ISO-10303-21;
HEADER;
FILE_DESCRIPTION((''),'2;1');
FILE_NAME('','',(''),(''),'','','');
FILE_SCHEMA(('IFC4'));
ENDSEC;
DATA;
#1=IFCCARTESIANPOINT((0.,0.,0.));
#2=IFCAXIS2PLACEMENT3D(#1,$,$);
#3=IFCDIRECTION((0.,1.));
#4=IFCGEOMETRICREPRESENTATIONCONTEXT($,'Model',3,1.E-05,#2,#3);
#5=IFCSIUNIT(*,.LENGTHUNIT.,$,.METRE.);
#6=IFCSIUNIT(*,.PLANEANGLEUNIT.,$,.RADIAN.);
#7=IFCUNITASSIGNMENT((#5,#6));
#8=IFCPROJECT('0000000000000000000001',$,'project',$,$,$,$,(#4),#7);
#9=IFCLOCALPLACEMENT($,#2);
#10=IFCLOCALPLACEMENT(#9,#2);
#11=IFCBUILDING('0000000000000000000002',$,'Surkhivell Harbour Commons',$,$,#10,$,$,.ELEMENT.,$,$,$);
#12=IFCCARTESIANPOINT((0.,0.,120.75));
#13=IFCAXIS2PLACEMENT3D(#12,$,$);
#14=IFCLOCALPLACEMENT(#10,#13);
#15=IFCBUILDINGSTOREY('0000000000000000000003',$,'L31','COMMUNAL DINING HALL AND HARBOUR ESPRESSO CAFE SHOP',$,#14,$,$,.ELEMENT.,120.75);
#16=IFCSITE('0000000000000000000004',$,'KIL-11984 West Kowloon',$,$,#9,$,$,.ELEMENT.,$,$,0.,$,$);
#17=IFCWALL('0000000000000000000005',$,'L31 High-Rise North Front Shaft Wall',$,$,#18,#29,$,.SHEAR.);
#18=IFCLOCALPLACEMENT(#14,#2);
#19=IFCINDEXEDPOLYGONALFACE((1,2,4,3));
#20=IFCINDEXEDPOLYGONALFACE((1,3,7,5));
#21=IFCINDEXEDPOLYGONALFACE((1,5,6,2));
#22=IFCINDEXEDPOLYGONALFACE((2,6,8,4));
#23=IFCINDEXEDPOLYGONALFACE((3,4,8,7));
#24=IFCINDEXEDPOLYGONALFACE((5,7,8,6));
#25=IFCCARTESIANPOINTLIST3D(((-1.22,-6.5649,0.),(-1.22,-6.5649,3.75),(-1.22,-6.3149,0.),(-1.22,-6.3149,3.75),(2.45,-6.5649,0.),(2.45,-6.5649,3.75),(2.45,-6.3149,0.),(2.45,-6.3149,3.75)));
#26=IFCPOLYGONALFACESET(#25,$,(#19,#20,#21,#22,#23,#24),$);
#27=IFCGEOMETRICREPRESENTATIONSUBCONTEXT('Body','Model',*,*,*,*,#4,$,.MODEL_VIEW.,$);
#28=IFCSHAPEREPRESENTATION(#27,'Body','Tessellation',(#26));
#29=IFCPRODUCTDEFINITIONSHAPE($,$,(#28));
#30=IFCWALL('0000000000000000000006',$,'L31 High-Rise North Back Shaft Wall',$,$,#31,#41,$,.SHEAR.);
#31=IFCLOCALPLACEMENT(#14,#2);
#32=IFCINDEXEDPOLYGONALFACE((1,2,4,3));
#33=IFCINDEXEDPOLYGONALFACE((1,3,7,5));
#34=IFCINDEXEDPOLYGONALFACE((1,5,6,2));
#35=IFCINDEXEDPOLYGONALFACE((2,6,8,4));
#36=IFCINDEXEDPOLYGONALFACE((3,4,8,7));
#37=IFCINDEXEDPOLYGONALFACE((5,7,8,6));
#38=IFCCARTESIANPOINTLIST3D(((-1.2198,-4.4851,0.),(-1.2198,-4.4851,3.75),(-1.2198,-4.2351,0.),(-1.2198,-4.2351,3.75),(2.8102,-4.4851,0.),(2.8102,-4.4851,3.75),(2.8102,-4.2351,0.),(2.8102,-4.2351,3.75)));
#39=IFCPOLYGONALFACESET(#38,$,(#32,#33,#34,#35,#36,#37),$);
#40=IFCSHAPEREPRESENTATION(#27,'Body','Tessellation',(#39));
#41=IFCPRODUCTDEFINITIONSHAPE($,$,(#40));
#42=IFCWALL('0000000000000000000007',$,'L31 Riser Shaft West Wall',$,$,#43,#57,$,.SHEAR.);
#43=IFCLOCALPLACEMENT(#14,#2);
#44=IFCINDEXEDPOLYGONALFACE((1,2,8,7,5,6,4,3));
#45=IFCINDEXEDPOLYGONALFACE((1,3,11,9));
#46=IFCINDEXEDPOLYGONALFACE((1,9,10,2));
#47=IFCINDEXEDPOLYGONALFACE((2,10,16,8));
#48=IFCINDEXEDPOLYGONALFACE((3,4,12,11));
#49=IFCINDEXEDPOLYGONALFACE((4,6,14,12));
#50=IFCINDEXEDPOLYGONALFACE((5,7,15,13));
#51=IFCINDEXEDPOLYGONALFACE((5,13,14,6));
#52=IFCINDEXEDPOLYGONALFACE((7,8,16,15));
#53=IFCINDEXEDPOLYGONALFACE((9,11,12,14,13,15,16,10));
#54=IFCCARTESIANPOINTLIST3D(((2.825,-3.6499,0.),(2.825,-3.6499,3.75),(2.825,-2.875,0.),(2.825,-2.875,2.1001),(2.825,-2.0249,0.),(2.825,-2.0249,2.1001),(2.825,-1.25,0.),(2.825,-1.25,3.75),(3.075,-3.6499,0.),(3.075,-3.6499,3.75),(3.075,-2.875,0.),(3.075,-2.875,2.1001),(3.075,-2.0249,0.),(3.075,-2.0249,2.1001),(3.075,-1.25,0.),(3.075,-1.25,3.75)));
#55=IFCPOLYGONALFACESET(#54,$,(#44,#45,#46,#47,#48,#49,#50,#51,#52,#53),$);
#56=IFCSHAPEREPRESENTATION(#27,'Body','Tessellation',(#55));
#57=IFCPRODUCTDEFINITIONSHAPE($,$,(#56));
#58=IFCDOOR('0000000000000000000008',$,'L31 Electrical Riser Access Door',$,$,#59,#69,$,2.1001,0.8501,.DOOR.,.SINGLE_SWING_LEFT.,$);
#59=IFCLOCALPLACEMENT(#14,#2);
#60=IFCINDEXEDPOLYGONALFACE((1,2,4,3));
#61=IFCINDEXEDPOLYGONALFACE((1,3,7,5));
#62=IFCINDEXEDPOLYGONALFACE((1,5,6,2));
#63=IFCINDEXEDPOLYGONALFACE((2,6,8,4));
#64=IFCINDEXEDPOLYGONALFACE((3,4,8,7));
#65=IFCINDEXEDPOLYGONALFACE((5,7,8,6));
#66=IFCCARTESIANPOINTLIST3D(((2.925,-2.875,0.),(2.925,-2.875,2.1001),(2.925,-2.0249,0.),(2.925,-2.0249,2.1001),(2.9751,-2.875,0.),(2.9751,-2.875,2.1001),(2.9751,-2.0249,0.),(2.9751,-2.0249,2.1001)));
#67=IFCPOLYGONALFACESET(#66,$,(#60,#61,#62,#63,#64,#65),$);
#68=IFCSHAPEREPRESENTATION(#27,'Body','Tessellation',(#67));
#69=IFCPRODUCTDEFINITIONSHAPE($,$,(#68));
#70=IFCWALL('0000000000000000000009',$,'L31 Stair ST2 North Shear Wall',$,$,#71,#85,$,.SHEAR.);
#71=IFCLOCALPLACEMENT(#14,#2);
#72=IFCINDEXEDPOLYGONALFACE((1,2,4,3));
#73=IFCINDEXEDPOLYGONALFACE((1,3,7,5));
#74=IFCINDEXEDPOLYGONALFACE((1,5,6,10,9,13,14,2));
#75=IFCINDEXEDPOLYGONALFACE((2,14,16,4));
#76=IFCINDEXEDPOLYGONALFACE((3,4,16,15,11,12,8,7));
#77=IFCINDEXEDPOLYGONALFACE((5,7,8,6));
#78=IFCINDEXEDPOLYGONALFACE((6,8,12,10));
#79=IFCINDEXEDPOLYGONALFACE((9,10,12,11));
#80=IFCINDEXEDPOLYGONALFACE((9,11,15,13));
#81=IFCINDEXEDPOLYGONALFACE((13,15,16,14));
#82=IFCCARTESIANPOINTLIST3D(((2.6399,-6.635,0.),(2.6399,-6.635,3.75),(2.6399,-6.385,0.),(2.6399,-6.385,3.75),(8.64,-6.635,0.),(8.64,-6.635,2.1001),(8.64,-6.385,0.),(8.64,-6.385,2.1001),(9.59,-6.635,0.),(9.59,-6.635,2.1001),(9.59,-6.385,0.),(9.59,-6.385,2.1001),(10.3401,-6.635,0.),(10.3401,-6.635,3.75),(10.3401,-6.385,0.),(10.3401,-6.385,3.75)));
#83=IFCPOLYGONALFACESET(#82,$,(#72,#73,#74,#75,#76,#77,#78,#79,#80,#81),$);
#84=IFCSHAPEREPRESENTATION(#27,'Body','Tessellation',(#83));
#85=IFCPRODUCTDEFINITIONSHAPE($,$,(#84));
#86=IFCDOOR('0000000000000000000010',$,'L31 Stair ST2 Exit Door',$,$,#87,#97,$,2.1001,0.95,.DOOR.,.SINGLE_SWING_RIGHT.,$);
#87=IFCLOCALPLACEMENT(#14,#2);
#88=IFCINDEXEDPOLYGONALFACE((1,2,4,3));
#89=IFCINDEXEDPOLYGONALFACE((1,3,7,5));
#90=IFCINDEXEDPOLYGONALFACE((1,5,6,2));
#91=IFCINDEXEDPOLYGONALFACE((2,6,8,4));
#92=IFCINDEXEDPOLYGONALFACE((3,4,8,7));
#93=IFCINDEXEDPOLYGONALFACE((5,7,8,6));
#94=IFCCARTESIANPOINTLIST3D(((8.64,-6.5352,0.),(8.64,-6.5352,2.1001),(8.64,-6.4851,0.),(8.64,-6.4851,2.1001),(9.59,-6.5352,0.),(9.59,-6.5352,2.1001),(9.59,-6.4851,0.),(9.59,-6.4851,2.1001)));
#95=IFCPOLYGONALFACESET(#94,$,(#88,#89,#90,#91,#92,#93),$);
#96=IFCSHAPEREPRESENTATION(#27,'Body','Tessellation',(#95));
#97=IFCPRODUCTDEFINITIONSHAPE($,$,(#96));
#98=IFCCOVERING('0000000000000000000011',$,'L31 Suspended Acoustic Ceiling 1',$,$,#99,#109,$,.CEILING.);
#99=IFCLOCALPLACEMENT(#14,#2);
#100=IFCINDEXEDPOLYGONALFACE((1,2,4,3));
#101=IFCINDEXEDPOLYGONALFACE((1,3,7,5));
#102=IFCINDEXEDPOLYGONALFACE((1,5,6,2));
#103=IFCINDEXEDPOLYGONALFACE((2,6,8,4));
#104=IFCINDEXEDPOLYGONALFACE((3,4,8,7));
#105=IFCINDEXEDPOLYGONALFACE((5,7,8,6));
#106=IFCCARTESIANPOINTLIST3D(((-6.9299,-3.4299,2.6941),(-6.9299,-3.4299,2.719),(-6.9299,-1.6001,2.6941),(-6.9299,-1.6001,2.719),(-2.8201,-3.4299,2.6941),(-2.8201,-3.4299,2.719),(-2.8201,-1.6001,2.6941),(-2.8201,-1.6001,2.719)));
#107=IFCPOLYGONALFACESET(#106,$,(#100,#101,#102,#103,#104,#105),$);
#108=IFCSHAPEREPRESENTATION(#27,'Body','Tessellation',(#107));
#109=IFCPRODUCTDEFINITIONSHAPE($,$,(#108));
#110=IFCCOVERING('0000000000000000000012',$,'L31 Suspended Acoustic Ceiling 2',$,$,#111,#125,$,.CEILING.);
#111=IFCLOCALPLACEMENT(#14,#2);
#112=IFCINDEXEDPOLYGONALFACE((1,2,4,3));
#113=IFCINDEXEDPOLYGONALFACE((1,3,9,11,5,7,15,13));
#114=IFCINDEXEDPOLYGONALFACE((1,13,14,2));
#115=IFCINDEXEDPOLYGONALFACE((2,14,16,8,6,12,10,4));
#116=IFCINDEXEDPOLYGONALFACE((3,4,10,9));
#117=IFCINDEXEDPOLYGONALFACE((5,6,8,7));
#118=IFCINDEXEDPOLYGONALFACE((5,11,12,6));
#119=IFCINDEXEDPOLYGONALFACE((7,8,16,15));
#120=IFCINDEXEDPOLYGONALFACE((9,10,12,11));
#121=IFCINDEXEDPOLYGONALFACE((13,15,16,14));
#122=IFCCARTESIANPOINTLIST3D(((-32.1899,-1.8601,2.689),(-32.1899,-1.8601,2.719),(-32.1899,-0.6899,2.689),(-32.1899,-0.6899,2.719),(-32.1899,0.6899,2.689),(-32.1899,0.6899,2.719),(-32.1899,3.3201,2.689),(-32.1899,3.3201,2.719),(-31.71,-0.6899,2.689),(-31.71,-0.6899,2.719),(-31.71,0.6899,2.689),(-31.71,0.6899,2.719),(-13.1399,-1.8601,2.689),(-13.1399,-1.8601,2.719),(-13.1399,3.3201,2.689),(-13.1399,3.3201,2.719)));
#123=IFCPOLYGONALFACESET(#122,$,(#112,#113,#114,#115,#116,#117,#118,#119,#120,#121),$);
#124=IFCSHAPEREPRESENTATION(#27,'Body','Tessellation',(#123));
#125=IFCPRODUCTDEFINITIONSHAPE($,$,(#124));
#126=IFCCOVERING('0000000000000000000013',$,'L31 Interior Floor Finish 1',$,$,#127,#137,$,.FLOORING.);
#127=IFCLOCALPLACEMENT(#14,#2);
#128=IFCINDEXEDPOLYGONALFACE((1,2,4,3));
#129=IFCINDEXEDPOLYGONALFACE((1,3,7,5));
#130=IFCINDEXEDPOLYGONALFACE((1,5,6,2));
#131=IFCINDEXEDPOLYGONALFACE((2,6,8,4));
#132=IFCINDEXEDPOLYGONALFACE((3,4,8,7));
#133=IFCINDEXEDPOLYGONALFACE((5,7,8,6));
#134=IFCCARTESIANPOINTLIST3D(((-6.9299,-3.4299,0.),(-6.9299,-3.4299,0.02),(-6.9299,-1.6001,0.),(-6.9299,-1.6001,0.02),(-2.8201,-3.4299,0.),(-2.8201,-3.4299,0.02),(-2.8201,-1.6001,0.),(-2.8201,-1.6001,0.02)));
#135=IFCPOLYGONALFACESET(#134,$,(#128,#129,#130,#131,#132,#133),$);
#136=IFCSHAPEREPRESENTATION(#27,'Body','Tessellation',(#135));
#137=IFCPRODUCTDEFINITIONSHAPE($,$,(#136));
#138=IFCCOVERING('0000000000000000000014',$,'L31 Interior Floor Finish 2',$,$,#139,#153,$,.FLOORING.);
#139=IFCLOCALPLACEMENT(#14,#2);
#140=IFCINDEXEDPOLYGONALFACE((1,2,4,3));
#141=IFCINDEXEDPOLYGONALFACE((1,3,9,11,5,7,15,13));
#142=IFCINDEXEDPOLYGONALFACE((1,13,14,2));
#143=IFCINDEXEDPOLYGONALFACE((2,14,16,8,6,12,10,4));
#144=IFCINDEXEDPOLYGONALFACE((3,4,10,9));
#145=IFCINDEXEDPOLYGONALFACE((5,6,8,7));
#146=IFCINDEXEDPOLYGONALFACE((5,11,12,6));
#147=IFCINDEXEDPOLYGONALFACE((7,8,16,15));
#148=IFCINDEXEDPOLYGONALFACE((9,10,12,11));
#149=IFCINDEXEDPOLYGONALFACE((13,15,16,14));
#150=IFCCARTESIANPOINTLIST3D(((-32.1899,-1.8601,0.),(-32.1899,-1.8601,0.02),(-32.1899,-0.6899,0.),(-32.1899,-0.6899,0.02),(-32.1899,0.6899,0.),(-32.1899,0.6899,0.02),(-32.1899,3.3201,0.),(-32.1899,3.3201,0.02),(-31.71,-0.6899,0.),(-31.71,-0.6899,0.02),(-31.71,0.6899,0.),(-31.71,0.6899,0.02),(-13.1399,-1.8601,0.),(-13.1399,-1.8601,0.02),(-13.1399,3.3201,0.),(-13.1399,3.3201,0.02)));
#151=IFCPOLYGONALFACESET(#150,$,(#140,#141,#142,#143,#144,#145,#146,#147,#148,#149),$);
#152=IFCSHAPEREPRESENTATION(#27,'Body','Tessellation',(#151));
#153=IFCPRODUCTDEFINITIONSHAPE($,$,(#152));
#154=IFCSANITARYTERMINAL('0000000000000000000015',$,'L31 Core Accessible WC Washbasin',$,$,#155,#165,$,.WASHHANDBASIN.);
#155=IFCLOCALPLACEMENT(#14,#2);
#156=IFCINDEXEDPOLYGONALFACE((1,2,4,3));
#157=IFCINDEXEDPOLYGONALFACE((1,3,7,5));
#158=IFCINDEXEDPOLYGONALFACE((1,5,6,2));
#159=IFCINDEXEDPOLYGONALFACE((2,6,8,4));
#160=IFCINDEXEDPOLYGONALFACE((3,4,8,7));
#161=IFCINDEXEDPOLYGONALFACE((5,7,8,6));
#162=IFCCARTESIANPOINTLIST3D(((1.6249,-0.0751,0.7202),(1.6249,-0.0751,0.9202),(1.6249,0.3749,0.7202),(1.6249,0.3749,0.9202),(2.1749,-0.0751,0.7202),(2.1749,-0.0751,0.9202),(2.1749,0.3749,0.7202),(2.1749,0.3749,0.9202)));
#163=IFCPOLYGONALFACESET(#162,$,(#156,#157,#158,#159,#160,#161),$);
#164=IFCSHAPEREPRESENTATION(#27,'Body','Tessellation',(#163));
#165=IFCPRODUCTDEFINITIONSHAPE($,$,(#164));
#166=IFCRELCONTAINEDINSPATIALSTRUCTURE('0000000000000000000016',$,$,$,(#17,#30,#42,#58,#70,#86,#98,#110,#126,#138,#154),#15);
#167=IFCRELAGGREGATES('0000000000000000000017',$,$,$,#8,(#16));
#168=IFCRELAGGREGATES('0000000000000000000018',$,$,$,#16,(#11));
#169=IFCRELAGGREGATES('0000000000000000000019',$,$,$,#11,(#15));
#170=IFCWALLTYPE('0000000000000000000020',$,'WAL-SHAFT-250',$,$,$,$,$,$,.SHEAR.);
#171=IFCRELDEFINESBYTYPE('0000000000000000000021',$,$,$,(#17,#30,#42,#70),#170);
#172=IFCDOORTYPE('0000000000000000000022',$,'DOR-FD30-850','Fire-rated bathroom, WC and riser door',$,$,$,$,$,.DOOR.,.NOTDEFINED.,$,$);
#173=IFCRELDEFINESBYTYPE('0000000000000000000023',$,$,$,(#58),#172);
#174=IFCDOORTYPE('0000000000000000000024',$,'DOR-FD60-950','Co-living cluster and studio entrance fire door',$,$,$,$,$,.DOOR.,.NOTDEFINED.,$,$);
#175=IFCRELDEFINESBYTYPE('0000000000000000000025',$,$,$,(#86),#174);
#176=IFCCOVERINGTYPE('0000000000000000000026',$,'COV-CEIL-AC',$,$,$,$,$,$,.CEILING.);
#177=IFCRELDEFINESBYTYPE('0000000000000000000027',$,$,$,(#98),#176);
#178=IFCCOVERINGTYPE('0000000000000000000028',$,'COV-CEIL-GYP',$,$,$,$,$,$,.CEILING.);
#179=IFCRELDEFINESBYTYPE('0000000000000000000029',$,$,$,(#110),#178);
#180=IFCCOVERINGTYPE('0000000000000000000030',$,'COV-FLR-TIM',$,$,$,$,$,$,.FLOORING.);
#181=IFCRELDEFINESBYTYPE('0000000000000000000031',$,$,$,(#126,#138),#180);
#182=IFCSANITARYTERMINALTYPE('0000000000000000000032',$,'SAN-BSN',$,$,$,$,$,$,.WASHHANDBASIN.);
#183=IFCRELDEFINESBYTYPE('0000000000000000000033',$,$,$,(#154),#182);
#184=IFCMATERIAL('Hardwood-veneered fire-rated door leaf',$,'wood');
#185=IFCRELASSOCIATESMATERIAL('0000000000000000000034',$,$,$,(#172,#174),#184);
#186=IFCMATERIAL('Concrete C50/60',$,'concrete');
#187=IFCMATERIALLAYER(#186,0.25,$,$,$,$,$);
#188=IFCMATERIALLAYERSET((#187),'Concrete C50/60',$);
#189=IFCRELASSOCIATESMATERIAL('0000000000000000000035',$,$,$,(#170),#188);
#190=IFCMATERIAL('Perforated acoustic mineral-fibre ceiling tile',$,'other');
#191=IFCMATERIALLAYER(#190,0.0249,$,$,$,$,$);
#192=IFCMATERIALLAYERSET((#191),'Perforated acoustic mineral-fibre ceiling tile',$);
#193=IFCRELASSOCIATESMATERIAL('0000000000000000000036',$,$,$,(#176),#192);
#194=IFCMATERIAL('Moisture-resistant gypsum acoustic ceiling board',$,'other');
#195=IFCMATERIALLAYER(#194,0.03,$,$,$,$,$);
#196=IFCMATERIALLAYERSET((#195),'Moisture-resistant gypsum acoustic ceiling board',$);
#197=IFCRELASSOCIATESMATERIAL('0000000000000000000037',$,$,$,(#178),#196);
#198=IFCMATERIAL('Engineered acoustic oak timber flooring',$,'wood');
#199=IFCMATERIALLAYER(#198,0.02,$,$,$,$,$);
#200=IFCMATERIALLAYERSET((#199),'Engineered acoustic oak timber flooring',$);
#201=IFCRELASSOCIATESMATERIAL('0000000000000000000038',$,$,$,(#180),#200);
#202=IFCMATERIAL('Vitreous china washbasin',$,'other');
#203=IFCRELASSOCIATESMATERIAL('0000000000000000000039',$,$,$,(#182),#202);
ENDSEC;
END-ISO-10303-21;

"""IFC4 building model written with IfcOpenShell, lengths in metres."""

from ifc_helpers import new_model, si_unit, direction, frame, frame_2d, origin, origin_2d, place, context, subcontext, project, spatial, polyline, rectangle, outline, extrude, material, layer, layer_set, type_object, element, fill, save


model = new_model("IFC4")

# Units and contexts
model_context = context("Model", 3, precision=1e-05, world=origin(), true_north=direction((0.0, 1.0)))
body_context = subcontext(model_context, "Body", "Model", "MODEL_VIEW")
ifc_project = project(units=[si_unit("LENGTHUNIT", "METRE"), si_unit("PLANEANGLEUNIT", "RADIAN")], contexts=[model_context])

# Site, building, storey
site_placement = place(None, origin())
site = spatial("IfcSite", under=ifc_project, at=site_placement, Name="KIL-11984 West Kowloon", CompositionType="ELEMENT", RefElevation=0.0)
building_placement = place(site_placement, origin())
building = spatial("IfcBuilding", under=site, at=building_placement, Name="Surkhivell Harbour Commons", CompositionType="ELEMENT")
storey_placement = place(building_placement, frame((0.0, 0.0, 120.75)))
storey = spatial("IfcBuildingStorey", under=building, at=storey_placement, Name="L31", Description="COMMUNAL DINING HALL AND HARBOUR ESPRESSO CAFE SHOP", CompositionType="ELEMENT", Elevation=120.75)

# Shared definitions
ifc_material_1 = material(Name="Hardwood-veneered fire-rated door leaf", Category="wood")
door_type_1 = type_object("IfcDoorType", Name="DOR-FD30-850", Description="Fire-rated bathroom, WC and riser door", OperationType="NOTDEFINED", PredefinedType="DOOR", material=ifc_material_1)

# Walls
ifc_material_2 = material(Name="Concrete C50/60", Category="concrete")
ifc_layer_1 = layer(ifc_material_2, 0.25)
ifc_layer_set_1 = layer_set([ifc_layer_1], Name="Concrete C50/60")
wall_type_1 = type_object("IfcWallType", Name="WAL-SHAFT-250", PredefinedType="SHEAR", material=ifc_layer_set_1)
wall_1_placement = place(storey_placement, frame((-1.22, -6.4399, 0.0), z_axis=(0.0, 0.0, 1.0), x_axis=(1.0, 0.0, 0.0)))
element("IfcWall", 1, at=wall_1_placement, inside=storey, type_object=wall_type_1, Name="L31 High-Rise North Front Shaft Wall", PredefinedType="SHEAR", context=body_context, shape_type="SweptSolid", body=[
    extrude(rectangle(XDim=3.6699, YDim=0.25, at=frame_2d((1.835, 0.0))), origin(), (0.0, 0.0, 1.0), 3.75),
])
wall_2_placement = place(storey_placement, frame((-1.22, -4.3601, 0.0), z_axis=(0.0, 0.0, 1.0), x_axis=(1.0, 0.0, 0.0)))
element("IfcWall", 2, at=wall_2_placement, inside=storey, type_object=wall_type_1, Name="L31 High-Rise North Back Shaft Wall", PredefinedType="SHEAR", context=body_context, shape_type="SweptSolid", body=[
    extrude(rectangle(XDim=4.03, YDim=0.25, at=frame_2d((2.0151, 0.0))), origin(), (0.0, 0.0, 1.0), 3.75),
])

# Walls, openings, doors
wall_3_placement = place(storey_placement, frame((2.95, -3.6499, 0.0), z_axis=(0.0, 0.0, 1.0), x_axis=(0.0, 1.0, 0.0)))
wall_3 = element("IfcWall", 3, at=wall_3_placement, inside=storey, type_object=wall_type_1, Name="L31 Riser Shaft West Wall", PredefinedType="SHEAR", context=body_context, shape_type="SweptSolid", body=[
    extrude(rectangle(XDim=2.3999, YDim=0.25, at=frame_2d((1.2, 0.0))), origin(), (0.0, 0.0, 1.0), 3.75),
])
opening_1_placement = place(wall_3_placement, frame((0.7749, 0.0, 0.0)))
opening_1 = element("IfcOpeningElement", 4, at=opening_1_placement, cuts=wall_3, PredefinedType="OPENING", context=body_context, shape_type="SweptSolid", body=[
    extrude(rectangle(XDim=0.8501, YDim=2.1001, at=frame_2d((0.425, 1.05))), frame((0.0, 0.135, 0.0), z_axis=(0.0, -1.0, 0.0), x_axis=(1.0, 0.0, 0.0)), (0.0, 0.0, 1.0), 0.27),
])
door_1_placement = place(opening_1_placement, origin())
door_1 = element("IfcDoor", 5, at=door_1_placement, inside=storey, type_object=door_type_1, Name="L31 Electrical Riser Access Door", OperationType="SINGLE_SWING_LEFT", OverallHeight=2.1001, OverallWidth=0.8501, PredefinedType="DOOR", context=body_context, shape_type="SweptSolid", body=[
    extrude(rectangle(XDim=0.8501, YDim=2.1001, at=frame_2d((0.425, 1.05))), frame((0.0, 0.0249, 0.0), z_axis=(0.0, -1.0, 0.0), x_axis=(1.0, 0.0, 0.0)), (0.0, 0.0, 1.0), 0.05),
])
fill(opening_1, door_1)
wall_4_placement = place(storey_placement, frame((2.6399, -6.51, 0.0), z_axis=(0.0, 0.0, 1.0), x_axis=(1.0, 0.0, 0.0)))
wall_4 = element("IfcWall", 6, at=wall_4_placement, inside=storey, type_object=wall_type_1, Name="L31 Stair ST2 North Shear Wall", PredefinedType="SHEAR", context=body_context, shape_type="SweptSolid", body=[
    extrude(rectangle(XDim=7.7002, YDim=0.25, at=frame_2d((3.8501, 0.0))), origin(), (0.0, 0.0, 1.0), 3.75),
])
opening_2_placement = place(wall_4_placement, frame((6.0, 0.0, 0.0)))
opening_2 = element("IfcOpeningElement", 7, at=opening_2_placement, cuts=wall_4, PredefinedType="OPENING", context=body_context, shape_type="SweptSolid", body=[
    extrude(rectangle(XDim=0.95, YDim=2.1001, at=frame_2d((0.4751, 1.05))), frame((0.0, 0.135, 0.0), z_axis=(0.0, -1.0, 0.0), x_axis=(1.0, 0.0, 0.0)), (0.0, 0.0, 1.0), 0.27),
])
door_type_2 = type_object("IfcDoorType", Name="DOR-FD60-950", Description="Co-living cluster and studio entrance fire door", OperationType="NOTDEFINED", PredefinedType="DOOR", material=ifc_material_1)
door_2_placement = place(opening_2_placement, origin())
door_2 = element("IfcDoor", 8, at=door_2_placement, inside=storey, type_object=door_type_2, Name="L31 Stair ST2 Exit Door", OperationType="SINGLE_SWING_RIGHT", OverallHeight=2.1001, OverallWidth=0.95, PredefinedType="DOOR", context=body_context, shape_type="SweptSolid", body=[
    extrude(rectangle(XDim=0.95, YDim=2.1001, at=frame_2d((0.4751, 1.05))), frame((0.0, 0.0249, 0.0), z_axis=(0.0, -1.0, 0.0), x_axis=(1.0, 0.0, 0.0)), (0.0, 0.0, 1.0), 0.05),
])
fill(opening_2, door_2)

# Coverings
ifc_material_3 = material(Name="Perforated acoustic mineral-fibre ceiling tile", Category="other")
ifc_layer_2 = layer(ifc_material_3, 0.0249)
ifc_layer_set_2 = layer_set([ifc_layer_2], Name="Perforated acoustic mineral-fibre ceiling tile")
covering_type_1 = type_object("IfcCoveringType", Name="COV-CEIL-AC", PredefinedType="CEILING", material=ifc_layer_set_2)
covering_1_placement = place(storey_placement, frame((0.0, 0.0, 2.6941)))
element("IfcCovering", 9, at=covering_1_placement, inside=storey, type_object=covering_type_1, Name="L31 Suspended Acoustic Ceiling 1", PredefinedType="CEILING", context=body_context, shape_type="SweptSolid", body=[
    extrude(outline(polyline([(-6.9299, -3.4299), (-2.8201, -3.4299), (-2.8201, -1.6001), (-6.9299, -1.6001), (-6.9299, -3.4299)])), origin(), (0.0, 0.0, 1.0), 0.0249),
])
ifc_material_4 = material(Name="Moisture-resistant gypsum acoustic ceiling board", Category="other")
ifc_layer_3 = layer(ifc_material_4, 0.03)
ifc_layer_set_3 = layer_set([ifc_layer_3], Name="Moisture-resistant gypsum acoustic ceiling board")
covering_type_2 = type_object("IfcCoveringType", Name="COV-CEIL-GYP", PredefinedType="CEILING", material=ifc_layer_set_3)
covering_2_placement = place(storey_placement, frame((0.0, 0.0, 2.689)))
element("IfcCovering", 10, at=covering_2_placement, inside=storey, type_object=covering_type_2, Name="L31 Suspended Acoustic Ceiling 2", PredefinedType="CEILING", context=body_context, shape_type="SweptSolid", body=[
    extrude(outline(polyline([(-13.1399, -1.8601), (-13.1399, 3.3201), (-32.1899, 3.3201), (-32.1899, 0.6899), (-31.71, 0.6899), (-31.71, -0.6899), (-32.1899, -0.6899), (-32.1899, -1.8601), (-13.1399, -1.8601)])), origin(), (0.0, 0.0, 1.0), 0.03),
])
ifc_material_5 = material(Name="Engineered acoustic oak timber flooring", Category="wood")
ifc_layer_4 = layer(ifc_material_5, 0.02)
ifc_layer_set_4 = layer_set([ifc_layer_4], Name="Engineered acoustic oak timber flooring")
covering_type_3 = type_object("IfcCoveringType", Name="COV-FLR-TIM", PredefinedType="FLOORING", material=ifc_layer_set_4)
covering_3_placement = place(storey_placement, origin())
element("IfcCovering", 11, at=covering_3_placement, inside=storey, type_object=covering_type_3, Name="L31 Interior Floor Finish 1", PredefinedType="FLOORING", context=body_context, shape_type="SweptSolid", body=[
    extrude(outline(polyline([(-6.9299, -3.4299), (-2.8201, -3.4299), (-2.8201, -1.6001), (-6.9299, -1.6001), (-6.9299, -3.4299)])), origin(), (0.0, 0.0, 1.0), 0.02),
])
covering_4_placement = place(storey_placement, origin())
element("IfcCovering", 12, at=covering_4_placement, inside=storey, type_object=covering_type_3, Name="L31 Interior Floor Finish 2", PredefinedType="FLOORING", context=body_context, shape_type="SweptSolid", body=[
    extrude(outline(polyline([(-13.1399, -1.8601), (-13.1399, 3.3201), (-32.1899, 3.3201), (-32.1899, 0.6899), (-31.71, 0.6899), (-31.71, -0.6899), (-32.1899, -0.6899), (-32.1899, -1.8601), (-13.1399, -1.8601)])), origin(), (0.0, 0.0, 1.0), 0.02),
])

# Sanitary terminal
ifc_material_6 = material(Name="Vitreous china washbasin", Category="other")
sanitary_terminal_type_1 = type_object("IfcSanitaryTerminalType", Name="SAN-BSN", PredefinedType="WASHHANDBASIN", material=ifc_material_6)
sanitary_terminal_1_placement = place(storey_placement, frame((1.8999, 0.1499, 0.7202), z_axis=(0.0, 0.0, 1.0), x_axis=(1.0, 0.0, 0.0)))
element("IfcSanitaryTerminal", 13, at=sanitary_terminal_1_placement, inside=storey, type_object=sanitary_terminal_type_1, Name="L31 Core Accessible WC Washbasin", PredefinedType="WASHHANDBASIN", context=body_context, shape_type="SweptSolid", body=[
    extrude(rectangle(XDim=0.55, YDim=0.45, at=origin_2d()), origin(), (0.0, 0.0, 1.0), 0.2),
])

save(model, "model.ifc")
